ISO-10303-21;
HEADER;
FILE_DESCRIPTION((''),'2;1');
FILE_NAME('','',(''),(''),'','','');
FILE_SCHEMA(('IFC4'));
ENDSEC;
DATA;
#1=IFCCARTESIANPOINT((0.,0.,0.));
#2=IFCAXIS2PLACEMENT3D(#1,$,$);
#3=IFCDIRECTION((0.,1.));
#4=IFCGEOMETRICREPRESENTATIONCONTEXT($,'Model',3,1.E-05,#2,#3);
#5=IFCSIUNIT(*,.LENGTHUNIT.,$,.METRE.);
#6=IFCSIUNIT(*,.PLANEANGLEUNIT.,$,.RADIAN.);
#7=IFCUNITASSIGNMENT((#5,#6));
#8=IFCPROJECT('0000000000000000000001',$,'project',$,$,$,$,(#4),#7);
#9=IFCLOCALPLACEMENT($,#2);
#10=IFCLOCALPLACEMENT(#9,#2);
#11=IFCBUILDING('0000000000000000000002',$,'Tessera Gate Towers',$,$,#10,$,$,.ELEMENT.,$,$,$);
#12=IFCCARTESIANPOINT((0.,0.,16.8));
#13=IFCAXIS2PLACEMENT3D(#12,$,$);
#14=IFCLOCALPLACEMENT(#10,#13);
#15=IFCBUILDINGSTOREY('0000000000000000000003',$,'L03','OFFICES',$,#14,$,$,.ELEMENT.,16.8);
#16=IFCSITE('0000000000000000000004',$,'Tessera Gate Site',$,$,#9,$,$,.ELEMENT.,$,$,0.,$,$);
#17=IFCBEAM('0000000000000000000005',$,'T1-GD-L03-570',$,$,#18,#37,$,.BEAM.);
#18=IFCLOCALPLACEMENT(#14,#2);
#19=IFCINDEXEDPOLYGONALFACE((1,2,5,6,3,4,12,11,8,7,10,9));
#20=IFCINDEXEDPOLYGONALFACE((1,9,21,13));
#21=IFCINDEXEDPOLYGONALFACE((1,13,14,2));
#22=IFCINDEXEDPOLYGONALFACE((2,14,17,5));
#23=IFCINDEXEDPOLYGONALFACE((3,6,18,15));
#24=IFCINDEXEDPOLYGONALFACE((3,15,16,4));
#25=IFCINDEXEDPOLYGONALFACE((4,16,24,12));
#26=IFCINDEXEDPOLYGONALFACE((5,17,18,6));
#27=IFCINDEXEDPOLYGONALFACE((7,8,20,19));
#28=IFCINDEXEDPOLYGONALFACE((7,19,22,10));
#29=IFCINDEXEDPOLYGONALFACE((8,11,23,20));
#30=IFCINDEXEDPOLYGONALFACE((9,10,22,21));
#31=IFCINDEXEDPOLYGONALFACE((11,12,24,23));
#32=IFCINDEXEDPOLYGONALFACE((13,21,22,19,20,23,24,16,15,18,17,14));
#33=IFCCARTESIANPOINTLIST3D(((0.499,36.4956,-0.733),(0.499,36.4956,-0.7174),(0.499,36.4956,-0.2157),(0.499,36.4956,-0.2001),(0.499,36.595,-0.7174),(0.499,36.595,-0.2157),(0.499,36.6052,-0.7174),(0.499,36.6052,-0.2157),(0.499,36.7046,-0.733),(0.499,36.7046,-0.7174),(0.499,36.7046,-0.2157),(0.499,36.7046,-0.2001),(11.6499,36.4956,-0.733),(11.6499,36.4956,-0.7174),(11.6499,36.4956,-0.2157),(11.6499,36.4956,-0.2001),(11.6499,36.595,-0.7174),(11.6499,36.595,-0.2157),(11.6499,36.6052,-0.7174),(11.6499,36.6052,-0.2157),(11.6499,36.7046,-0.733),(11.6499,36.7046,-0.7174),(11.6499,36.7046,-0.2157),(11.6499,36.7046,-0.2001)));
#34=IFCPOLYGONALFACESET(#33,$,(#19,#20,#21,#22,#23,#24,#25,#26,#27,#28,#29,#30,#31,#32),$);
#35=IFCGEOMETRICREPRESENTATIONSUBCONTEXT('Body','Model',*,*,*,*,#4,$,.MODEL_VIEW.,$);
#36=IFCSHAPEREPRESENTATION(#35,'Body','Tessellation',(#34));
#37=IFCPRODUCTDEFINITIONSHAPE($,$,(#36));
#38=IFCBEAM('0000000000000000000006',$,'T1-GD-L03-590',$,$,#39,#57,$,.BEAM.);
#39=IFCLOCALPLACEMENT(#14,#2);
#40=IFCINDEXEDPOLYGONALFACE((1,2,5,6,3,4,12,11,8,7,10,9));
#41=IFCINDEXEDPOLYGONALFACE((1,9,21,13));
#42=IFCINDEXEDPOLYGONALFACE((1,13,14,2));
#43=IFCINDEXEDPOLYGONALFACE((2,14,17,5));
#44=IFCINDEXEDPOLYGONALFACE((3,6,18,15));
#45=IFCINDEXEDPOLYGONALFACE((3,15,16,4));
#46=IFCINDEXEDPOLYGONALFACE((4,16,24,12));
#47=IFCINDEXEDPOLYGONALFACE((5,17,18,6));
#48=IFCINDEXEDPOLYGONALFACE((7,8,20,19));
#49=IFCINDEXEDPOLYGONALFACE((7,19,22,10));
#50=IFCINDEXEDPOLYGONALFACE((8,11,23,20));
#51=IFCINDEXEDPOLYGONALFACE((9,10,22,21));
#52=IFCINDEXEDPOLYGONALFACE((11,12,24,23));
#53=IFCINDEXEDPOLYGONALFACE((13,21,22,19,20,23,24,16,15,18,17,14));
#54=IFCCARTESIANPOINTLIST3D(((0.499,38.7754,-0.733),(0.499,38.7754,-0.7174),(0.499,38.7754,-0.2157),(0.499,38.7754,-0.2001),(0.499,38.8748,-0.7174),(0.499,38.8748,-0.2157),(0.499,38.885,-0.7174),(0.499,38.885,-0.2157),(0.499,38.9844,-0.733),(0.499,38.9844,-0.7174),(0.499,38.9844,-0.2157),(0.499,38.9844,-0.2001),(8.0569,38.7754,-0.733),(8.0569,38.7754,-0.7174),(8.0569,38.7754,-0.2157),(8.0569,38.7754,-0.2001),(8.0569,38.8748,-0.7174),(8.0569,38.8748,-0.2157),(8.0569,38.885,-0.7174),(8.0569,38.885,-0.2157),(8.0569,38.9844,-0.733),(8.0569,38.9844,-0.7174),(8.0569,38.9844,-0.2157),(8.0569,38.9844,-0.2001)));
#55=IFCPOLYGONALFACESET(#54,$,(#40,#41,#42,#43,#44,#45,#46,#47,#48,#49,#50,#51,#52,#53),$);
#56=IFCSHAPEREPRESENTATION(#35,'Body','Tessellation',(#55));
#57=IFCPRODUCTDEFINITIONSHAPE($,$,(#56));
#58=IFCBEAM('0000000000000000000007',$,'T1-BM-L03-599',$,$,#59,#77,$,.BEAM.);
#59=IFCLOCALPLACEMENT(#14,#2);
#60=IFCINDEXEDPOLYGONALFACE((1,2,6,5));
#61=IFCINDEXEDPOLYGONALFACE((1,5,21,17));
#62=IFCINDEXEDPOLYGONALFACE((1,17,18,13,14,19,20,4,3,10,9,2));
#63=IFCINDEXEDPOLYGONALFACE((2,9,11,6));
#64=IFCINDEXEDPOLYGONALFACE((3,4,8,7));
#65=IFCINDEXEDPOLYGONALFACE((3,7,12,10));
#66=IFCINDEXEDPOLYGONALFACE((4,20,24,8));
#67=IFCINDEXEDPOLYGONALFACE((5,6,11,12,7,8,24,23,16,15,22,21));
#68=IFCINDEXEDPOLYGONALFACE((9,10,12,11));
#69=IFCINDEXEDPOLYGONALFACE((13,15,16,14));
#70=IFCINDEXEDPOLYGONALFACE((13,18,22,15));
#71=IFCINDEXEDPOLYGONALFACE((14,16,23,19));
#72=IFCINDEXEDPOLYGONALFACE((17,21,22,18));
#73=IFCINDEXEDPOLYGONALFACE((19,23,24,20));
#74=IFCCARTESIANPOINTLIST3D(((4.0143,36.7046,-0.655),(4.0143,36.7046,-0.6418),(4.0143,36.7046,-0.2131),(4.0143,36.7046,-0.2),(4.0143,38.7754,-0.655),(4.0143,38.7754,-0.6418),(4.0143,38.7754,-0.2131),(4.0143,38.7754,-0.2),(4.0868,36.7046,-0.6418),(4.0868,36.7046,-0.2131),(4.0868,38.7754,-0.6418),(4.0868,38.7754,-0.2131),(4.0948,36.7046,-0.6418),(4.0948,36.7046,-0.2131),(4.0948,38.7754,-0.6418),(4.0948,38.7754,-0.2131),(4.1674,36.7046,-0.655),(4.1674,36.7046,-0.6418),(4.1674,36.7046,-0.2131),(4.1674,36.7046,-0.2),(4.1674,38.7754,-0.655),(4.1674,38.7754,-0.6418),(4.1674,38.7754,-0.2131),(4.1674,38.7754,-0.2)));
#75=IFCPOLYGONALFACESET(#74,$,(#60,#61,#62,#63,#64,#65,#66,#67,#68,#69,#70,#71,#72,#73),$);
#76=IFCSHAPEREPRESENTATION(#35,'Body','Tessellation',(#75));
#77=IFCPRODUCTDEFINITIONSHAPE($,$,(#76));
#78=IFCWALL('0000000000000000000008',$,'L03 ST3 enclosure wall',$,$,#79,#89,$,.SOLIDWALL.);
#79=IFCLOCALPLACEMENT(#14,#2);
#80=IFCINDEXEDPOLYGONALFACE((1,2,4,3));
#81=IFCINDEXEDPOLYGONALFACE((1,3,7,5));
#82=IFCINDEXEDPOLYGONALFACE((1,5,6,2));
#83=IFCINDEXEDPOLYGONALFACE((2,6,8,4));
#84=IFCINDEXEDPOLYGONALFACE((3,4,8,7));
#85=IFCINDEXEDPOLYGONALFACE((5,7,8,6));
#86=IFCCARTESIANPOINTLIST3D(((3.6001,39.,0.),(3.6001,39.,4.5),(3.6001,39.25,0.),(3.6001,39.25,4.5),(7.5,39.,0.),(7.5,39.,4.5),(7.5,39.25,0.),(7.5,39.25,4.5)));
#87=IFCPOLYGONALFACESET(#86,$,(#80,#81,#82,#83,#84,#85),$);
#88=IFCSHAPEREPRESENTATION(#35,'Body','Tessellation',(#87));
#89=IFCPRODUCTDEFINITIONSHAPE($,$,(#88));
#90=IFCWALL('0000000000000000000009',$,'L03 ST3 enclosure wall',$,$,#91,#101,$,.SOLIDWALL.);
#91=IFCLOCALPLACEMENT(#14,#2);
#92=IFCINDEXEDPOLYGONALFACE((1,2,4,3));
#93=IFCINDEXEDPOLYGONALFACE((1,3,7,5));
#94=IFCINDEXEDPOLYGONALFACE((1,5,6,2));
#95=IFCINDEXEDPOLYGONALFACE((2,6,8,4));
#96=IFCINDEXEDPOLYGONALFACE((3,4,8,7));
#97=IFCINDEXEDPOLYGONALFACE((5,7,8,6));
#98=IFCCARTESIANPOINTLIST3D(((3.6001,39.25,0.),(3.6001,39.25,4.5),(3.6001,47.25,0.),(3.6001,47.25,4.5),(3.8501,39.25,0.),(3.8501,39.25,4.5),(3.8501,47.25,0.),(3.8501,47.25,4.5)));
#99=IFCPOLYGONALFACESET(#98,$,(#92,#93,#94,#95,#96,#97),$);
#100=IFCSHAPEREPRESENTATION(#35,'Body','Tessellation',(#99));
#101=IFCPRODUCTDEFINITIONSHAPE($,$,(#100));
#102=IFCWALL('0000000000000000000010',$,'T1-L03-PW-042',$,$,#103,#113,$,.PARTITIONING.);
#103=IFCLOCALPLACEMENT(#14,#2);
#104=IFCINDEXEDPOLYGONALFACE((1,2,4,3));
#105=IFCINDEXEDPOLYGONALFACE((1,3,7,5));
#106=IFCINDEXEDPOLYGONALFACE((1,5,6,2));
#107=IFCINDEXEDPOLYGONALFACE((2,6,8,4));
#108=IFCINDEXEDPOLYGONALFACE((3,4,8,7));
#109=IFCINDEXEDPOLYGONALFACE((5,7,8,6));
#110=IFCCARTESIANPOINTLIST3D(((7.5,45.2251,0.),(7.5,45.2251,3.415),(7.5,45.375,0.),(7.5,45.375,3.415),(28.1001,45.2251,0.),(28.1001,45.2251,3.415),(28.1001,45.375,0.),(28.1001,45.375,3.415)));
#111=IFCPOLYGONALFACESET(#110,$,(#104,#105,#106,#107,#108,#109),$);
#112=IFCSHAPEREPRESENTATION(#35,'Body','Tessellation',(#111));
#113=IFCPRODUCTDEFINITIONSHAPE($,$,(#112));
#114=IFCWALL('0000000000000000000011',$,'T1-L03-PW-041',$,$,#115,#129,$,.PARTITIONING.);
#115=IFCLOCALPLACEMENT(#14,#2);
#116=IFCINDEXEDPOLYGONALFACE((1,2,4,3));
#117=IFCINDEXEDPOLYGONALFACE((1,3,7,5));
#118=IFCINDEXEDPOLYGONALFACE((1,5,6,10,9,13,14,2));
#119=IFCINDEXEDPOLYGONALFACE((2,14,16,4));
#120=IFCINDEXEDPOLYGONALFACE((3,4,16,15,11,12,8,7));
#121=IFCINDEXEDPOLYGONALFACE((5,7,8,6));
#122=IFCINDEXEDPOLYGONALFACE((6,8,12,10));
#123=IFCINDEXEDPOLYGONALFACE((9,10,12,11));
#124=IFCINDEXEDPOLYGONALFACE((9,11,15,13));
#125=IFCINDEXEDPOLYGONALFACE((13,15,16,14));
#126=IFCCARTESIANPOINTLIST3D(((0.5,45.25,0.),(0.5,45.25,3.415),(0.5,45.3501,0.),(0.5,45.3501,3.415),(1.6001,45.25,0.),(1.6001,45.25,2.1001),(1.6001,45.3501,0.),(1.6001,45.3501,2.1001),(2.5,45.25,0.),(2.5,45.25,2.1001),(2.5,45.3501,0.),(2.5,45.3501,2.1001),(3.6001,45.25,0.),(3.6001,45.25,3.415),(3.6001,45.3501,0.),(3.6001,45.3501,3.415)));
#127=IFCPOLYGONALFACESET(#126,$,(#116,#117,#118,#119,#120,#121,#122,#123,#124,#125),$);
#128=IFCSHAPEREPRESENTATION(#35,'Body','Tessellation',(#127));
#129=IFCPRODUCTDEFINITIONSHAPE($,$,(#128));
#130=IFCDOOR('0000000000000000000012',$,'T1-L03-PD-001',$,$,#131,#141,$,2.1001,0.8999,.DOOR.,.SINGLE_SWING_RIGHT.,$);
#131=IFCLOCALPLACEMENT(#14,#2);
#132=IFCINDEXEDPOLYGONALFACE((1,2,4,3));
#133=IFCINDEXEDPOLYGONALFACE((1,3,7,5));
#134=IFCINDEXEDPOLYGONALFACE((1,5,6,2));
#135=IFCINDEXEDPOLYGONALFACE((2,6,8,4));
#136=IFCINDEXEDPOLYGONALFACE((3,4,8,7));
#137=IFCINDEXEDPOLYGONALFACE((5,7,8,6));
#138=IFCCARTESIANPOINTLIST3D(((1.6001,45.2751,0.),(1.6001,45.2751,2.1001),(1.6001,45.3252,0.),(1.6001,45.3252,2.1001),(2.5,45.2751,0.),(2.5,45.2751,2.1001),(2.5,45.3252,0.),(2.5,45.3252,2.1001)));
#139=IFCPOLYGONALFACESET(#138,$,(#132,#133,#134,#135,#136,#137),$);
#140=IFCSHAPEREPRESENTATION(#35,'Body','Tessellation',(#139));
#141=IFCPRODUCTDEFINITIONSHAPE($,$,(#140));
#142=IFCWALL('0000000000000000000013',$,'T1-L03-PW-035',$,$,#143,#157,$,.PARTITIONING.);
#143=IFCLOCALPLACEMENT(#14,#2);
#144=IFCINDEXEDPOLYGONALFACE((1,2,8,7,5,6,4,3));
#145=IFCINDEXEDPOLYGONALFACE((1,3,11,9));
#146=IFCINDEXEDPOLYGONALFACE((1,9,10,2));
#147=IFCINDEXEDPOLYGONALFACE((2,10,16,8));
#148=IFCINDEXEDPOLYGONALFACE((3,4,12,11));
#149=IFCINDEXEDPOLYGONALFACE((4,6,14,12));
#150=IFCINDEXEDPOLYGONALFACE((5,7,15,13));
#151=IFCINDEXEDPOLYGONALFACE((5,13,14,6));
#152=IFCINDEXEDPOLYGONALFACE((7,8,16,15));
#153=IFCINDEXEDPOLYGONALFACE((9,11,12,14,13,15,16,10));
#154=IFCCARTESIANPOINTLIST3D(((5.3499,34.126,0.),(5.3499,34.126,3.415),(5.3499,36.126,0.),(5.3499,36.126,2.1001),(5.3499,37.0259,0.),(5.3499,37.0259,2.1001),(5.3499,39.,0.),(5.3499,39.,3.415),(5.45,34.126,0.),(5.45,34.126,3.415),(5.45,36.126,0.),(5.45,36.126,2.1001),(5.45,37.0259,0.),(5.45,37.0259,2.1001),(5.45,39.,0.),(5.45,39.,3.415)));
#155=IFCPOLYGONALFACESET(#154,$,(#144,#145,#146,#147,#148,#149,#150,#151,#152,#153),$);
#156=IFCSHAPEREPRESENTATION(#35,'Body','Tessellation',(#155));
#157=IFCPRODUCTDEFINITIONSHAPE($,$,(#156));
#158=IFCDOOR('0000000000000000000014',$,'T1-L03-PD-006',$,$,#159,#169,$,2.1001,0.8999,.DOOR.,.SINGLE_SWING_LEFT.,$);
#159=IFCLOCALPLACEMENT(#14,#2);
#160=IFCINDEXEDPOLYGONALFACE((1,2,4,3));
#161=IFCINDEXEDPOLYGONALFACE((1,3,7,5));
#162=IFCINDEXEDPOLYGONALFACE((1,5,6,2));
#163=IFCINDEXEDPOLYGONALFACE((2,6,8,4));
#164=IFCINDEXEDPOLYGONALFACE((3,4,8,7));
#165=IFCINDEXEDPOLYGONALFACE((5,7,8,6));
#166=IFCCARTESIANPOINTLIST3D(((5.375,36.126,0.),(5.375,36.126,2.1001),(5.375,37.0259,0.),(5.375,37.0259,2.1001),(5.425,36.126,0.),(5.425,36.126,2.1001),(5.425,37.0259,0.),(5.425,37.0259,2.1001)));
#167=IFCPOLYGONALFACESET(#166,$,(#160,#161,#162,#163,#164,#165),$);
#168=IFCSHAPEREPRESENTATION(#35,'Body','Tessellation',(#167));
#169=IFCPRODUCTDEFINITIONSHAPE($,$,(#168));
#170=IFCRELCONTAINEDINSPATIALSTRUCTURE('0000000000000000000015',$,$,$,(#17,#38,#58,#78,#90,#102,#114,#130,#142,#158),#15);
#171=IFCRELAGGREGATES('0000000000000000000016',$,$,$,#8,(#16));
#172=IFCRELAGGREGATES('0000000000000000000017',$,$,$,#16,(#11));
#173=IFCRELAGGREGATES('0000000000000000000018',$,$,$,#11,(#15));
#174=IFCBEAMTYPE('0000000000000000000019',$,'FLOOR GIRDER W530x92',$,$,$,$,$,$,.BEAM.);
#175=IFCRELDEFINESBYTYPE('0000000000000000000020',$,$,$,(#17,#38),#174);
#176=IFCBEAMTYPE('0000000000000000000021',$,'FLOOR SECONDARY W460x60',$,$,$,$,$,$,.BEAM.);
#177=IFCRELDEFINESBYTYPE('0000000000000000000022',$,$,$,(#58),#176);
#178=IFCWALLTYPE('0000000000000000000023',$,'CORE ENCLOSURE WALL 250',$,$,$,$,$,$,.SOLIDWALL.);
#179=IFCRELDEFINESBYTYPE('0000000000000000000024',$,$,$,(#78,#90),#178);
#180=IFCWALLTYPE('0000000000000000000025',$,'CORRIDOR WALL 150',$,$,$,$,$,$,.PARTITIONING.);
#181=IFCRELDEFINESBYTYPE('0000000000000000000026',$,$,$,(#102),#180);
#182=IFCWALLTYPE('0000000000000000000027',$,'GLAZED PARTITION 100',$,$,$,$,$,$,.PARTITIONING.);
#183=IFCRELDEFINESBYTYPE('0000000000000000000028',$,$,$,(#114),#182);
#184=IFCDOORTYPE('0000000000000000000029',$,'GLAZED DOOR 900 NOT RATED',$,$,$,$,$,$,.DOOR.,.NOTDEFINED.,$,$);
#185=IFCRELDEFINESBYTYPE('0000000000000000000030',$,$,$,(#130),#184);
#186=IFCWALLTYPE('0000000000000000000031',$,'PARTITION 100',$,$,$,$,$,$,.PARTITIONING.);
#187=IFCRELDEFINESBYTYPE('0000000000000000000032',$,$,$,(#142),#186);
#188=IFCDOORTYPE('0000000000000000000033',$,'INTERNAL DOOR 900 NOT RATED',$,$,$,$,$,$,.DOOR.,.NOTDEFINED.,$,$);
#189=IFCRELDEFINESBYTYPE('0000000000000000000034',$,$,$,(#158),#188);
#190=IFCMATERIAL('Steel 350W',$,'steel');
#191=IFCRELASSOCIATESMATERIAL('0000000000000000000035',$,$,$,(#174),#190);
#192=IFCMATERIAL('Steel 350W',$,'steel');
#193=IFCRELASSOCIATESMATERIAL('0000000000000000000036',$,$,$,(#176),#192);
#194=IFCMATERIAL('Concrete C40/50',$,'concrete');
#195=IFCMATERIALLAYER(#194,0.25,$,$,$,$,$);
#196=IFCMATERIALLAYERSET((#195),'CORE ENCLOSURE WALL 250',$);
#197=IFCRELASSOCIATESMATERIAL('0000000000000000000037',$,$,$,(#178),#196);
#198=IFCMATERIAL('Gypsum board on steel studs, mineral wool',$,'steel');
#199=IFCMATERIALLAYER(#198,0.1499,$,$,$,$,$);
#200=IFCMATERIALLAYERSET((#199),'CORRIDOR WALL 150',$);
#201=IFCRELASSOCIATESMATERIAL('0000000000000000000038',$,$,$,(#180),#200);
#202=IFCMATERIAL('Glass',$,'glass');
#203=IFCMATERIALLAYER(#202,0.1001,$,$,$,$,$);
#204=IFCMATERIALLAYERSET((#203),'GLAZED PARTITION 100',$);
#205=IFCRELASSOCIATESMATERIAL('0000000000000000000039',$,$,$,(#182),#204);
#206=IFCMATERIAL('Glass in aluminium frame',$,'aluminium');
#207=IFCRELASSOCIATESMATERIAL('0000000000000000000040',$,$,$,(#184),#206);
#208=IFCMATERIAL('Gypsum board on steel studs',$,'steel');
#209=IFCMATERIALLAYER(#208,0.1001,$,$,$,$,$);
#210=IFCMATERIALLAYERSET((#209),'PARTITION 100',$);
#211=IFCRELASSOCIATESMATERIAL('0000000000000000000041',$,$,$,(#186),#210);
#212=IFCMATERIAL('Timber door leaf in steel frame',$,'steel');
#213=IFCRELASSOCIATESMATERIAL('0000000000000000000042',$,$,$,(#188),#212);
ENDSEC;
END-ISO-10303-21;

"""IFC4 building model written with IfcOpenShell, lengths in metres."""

from ifc_helpers import new_model, si_unit, direction, frame, frame_2d, origin, origin_2d, place, context, subcontext, project, spatial, rectangle, i_section, extrude, source, transform, mapped, material, layer, layer_set, material_profile, profile_set, type_object, element, fill, save


model = new_model("IFC4")

# Units and contexts
model_context = context("Model", 3, precision=1e-05, world=origin(), true_north=direction((0.0, 1.0)))
body_context = subcontext(model_context, "Body", "Model", "MODEL_VIEW")
ifc_project = project(units=[si_unit("LENGTHUNIT", "METRE"), si_unit("PLANEANGLEUNIT", "RADIAN")], contexts=[model_context])

# Site, building, storey
site_placement = place(None, origin())
site = spatial("IfcSite", under=ifc_project, at=site_placement, Name="Tessera Gate Site", CompositionType="ELEMENT", RefElevation=0.0)
building_placement = place(site_placement, origin())
building = spatial("IfcBuilding", under=site, at=building_placement, Name="Tessera Gate Towers", CompositionType="ELEMENT")
storey_placement = place(building_placement, frame((0.0, 0.0, 16.8)))
storey = spatial("IfcBuildingStorey", under=building, at=storey_placement, Name="L03", Description="OFFICES", CompositionType="ELEMENT", Elevation=16.8)

# Beams
ifc_material_1 = material(Name="Steel 350W", Category="steel")
ifc_material_profile_1 = material_profile(ifc_material_1, i_section(OverallWidth=0.209, OverallDepth=0.533, WebThickness=0.0103, FlangeThickness=0.0156, at=origin_2d()), Name="W530x92")
ifc_profile_set_1 = profile_set([ifc_material_profile_1], Name="Steel 350W")
beam_type_1 = type_object("IfcBeamType", Name="FLOOR GIRDER W530x92", PredefinedType="BEAM", material=ifc_profile_set_1)
beam_1_placement = place(storey_placement, frame((0.499, 36.6001, -0.4666), z_axis=(1.0, 0.0, 0.0), x_axis=(0.0, 1.0, 0.0)))
element("IfcBeam", 1, at=beam_1_placement, inside=storey, type_object=beam_type_1, Name="T1-GD-L03-570", PredefinedType="BEAM", context=body_context, shape_type="SweptSolid", body=[
    extrude(i_section(OverallWidth=0.209, OverallDepth=0.533, WebThickness=0.0103, FlangeThickness=0.0156, at=origin_2d()), origin(), (0.0, 0.0, 1.0), 11.1509),
])
beam_2_placement = place(storey_placement, frame((0.499, 38.8799, -0.4666), z_axis=(1.0, 0.0, 0.0), x_axis=(0.0, 1.0, 0.0)))
element("IfcBeam", 2, at=beam_2_placement, inside=storey, type_object=beam_type_1, Name="T1-GD-L03-590", PredefinedType="BEAM", context=body_context, shape_type="SweptSolid", body=[
    extrude(i_section(OverallWidth=0.209, OverallDepth=0.533, WebThickness=0.0103, FlangeThickness=0.0156, at=origin_2d()), origin(), (0.0, 0.0, 1.0), 7.5579),
])
ifc_material_2 = material(Name="Steel 350W", Category="steel")
ifc_material_profile_2 = material_profile(ifc_material_2, i_section(OverallWidth=0.1531, OverallDepth=0.4551, WebThickness=0.0081, FlangeThickness=0.0132, at=origin_2d()), Name="W460x60")
ifc_profile_set_2 = profile_set([ifc_material_profile_2], Name="Steel 350W")
beam_type_2 = type_object("IfcBeamType", Name="FLOOR SECONDARY W460x60", PredefinedType="BEAM", material=ifc_profile_set_2)
beam_3_placement = place(storey_placement, frame((4.0908, 36.7046, -0.4275), z_axis=(0.0, 1.0, 0.0), x_axis=(-1.0, 0.0, 0.0)))
element("IfcBeam", 3, at=beam_3_placement, inside=storey, type_object=beam_type_2, Name="T1-BM-L03-599", PredefinedType="BEAM", context=body_context, shape_type="SweptSolid", body=[
    extrude(i_section(OverallWidth=0.1531, OverallDepth=0.4551, WebThickness=0.0081, FlangeThickness=0.0132, at=origin_2d()), origin(), (0.0, 0.0, 1.0), 2.0708),
])

# Walls
ifc_material_3 = material(Name="Concrete C40/50", Category="concrete")
ifc_layer_1 = layer(ifc_material_3, 0.25)
ifc_layer_set_1 = layer_set([ifc_layer_1], Name="CORE ENCLOSURE WALL 250")
wall_type_1 = type_object("IfcWallType", Name="CORE ENCLOSURE WALL 250", PredefinedType="SOLIDWALL", material=ifc_layer_set_1)
wall_1_placement = place(storey_placement, frame((7.5, 39.125, 0.0), z_axis=(0.0, 0.0, 1.0), x_axis=(-1.0, 0.0, 0.0)))
element("IfcWall", 4, at=wall_1_placement, inside=storey, type_object=wall_type_1, Name="L03 ST3 enclosure wall", PredefinedType="SOLIDWALL", context=body_context, shape_type="SweptSolid", body=[
    extrude(rectangle(XDim=3.8999, YDim=0.25, at=frame_2d((1.95, 0.0))), origin(), (0.0, 0.0, 1.0), 4.5),
])
wall_2_placement = place(storey_placement, frame((3.7251, 39.25, 0.0), z_axis=(0.0, 0.0, 1.0), x_axis=(0.0, 1.0, 0.0)))
element("IfcWall", 5, at=wall_2_placement, inside=storey, type_object=wall_type_1, Name="L03 ST3 enclosure wall", PredefinedType="SOLIDWALL", context=body_context, shape_type="SweptSolid", body=[
    extrude(rectangle(XDim=8.0, YDim=0.25, at=frame_2d((4.0, 0.0))), origin(), (0.0, 0.0, 1.0), 4.5),
])
ifc_material_4 = material(Name="Gypsum board on steel studs, mineral wool", Category="steel")
ifc_layer_2 = layer(ifc_material_4, 0.1499)
ifc_layer_set_2 = layer_set([ifc_layer_2], Name="CORRIDOR WALL 150")
wall_type_2 = type_object("IfcWallType", Name="CORRIDOR WALL 150", PredefinedType="PARTITIONING", material=ifc_layer_set_2)
wall_3_placement = place(storey_placement, frame((7.5, 45.3, 0.0), z_axis=(0.0, 0.0, 1.0), x_axis=(1.0, 0.0, 0.0)))
element("IfcWall", 6, at=wall_3_placement, inside=storey, type_object=wall_type_2, Name="T1-L03-PW-042", PredefinedType="PARTITIONING", context=body_context, shape_type="SweptSolid", body=[
    extrude(rectangle(XDim=20.6001, YDim=0.1499, at=frame_2d((10.3, 0.0))), origin(), (0.0, 0.0, 1.0), 3.415),
])

# Walls, openings, doors
ifc_material_5 = material(Name="Glass", Category="glass")
ifc_layer_3 = layer(ifc_material_5, 0.1001)
ifc_layer_set_3 = layer_set([ifc_layer_3], Name="GLAZED PARTITION 100")
wall_type_3 = type_object("IfcWallType", Name="GLAZED PARTITION 100", PredefinedType="PARTITIONING", material=ifc_layer_set_3)
wall_4_placement = place(storey_placement, frame((3.6001, 45.3, 0.0), z_axis=(0.0, 0.0, 1.0), x_axis=(-1.0, 0.0, 0.0)))
wall_4 = element("IfcWall", 7, at=wall_4_placement, inside=storey, type_object=wall_type_3, Name="T1-L03-PW-041", PredefinedType="PARTITIONING", context=body_context, shape_type="SweptSolid", body=[
    extrude(rectangle(XDim=3.1001, YDim=0.1001, at=frame_2d((1.55, 0.0))), origin(), (0.0, 0.0, 1.0), 3.415),
])
shared_shape_1 = source(origin(), body_context, "Body", "SweptSolid", [
    extrude(rectangle(XDim=0.8999, YDim=2.1001, at=frame_2d((0.45, 1.05))), frame((0.0, 0.0601, 0.0), z_axis=(0.0, -1.0, 0.0), x_axis=(1.0, 0.0, 0.0)), (0.0, 0.0, 1.0), 0.1201),
])
opening_1_placement = place(wall_4_placement, frame((1.1001, 0.0, 0.0)))
opening_1 = element("IfcOpeningElement", 8, at=opening_1_placement, cuts=wall_4, PredefinedType="OPENING", context=body_context, shape_type="MappedRepresentation", body=[
    mapped(shared_shape_1, transform((0.0, 0.0, 0.0), scale=1.0)),
])
ifc_material_6 = material(Name="Glass in aluminium frame", Category="aluminium")
door_type_1 = type_object("IfcDoorType", Name="GLAZED DOOR 900 NOT RATED", OperationType="NOTDEFINED", PredefinedType="DOOR", material=ifc_material_6)
shared_shape_2 = source(origin(), body_context, "Body", "SweptSolid", [
    extrude(rectangle(XDim=0.8999, YDim=2.1001, at=frame_2d((0.45, 1.05))), frame((0.0, 0.0249, 0.0), z_axis=(0.0, -1.0, 0.0), x_axis=(1.0, 0.0, 0.0)), (0.0, 0.0, 1.0), 0.05),
])
door_1_placement = place(opening_1_placement, origin())
door_1 = element("IfcDoor", 9, at=door_1_placement, inside=storey, type_object=door_type_1, Name="T1-L03-PD-001", OperationType="SINGLE_SWING_RIGHT", OverallHeight=2.1001, OverallWidth=0.8999, PredefinedType="DOOR", context=body_context, shape_type="MappedRepresentation", body=[
    mapped(shared_shape_2, transform((0.0, 0.0, 0.0), scale=1.0)),
])
fill(opening_1, door_1)
ifc_material_7 = material(Name="Gypsum board on steel studs", Category="steel")
ifc_layer_4 = layer(ifc_material_7, 0.1001)
ifc_layer_set_4 = layer_set([ifc_layer_4], Name="PARTITION 100")
wall_type_4 = type_object("IfcWallType", Name="PARTITION 100", PredefinedType="PARTITIONING", material=ifc_layer_set_4)
wall_5_placement = place(storey_placement, frame((5.3999, 34.126, 0.0), z_axis=(0.0, 0.0, 1.0), x_axis=(0.0, 1.0, 0.0)))
wall_5 = element("IfcWall", 10, at=wall_5_placement, inside=storey, type_object=wall_type_4, Name="T1-L03-PW-035", PredefinedType="PARTITIONING", context=body_context, shape_type="SweptSolid", body=[
    extrude(rectangle(XDim=4.874, YDim=0.1001, at=frame_2d((2.437, 0.0))), origin(), (0.0, 0.0, 1.0), 3.415),
])
opening_2_placement = place(wall_5_placement, frame((2.0, 0.0, 0.0)))
opening_2 = element("IfcOpeningElement", 11, at=opening_2_placement, cuts=wall_5, PredefinedType="OPENING", context=body_context, shape_type="MappedRepresentation", body=[
    mapped(shared_shape_1, transform((0.0, 0.0, 0.0), scale=1.0)),
])
ifc_material_8 = material(Name="Timber door leaf in steel frame", Category="steel")
door_type_2 = type_object("IfcDoorType", Name="INTERNAL DOOR 900 NOT RATED", OperationType="NOTDEFINED", PredefinedType="DOOR", material=ifc_material_8)
door_2_placement = place(opening_2_placement, origin())
door_2 = element("IfcDoor", 12, at=door_2_placement, inside=storey, type_object=door_type_2, Name="T1-L03-PD-006", OperationType="SINGLE_SWING_LEFT", OverallHeight=2.1001, OverallWidth=0.8999, PredefinedType="DOOR", context=body_context, shape_type="MappedRepresentation", body=[
    mapped(shared_shape_2, transform((0.0, 0.0, 0.0), scale=1.0)),
])
fill(opening_2, door_2)

save(model, "model.ifc")
